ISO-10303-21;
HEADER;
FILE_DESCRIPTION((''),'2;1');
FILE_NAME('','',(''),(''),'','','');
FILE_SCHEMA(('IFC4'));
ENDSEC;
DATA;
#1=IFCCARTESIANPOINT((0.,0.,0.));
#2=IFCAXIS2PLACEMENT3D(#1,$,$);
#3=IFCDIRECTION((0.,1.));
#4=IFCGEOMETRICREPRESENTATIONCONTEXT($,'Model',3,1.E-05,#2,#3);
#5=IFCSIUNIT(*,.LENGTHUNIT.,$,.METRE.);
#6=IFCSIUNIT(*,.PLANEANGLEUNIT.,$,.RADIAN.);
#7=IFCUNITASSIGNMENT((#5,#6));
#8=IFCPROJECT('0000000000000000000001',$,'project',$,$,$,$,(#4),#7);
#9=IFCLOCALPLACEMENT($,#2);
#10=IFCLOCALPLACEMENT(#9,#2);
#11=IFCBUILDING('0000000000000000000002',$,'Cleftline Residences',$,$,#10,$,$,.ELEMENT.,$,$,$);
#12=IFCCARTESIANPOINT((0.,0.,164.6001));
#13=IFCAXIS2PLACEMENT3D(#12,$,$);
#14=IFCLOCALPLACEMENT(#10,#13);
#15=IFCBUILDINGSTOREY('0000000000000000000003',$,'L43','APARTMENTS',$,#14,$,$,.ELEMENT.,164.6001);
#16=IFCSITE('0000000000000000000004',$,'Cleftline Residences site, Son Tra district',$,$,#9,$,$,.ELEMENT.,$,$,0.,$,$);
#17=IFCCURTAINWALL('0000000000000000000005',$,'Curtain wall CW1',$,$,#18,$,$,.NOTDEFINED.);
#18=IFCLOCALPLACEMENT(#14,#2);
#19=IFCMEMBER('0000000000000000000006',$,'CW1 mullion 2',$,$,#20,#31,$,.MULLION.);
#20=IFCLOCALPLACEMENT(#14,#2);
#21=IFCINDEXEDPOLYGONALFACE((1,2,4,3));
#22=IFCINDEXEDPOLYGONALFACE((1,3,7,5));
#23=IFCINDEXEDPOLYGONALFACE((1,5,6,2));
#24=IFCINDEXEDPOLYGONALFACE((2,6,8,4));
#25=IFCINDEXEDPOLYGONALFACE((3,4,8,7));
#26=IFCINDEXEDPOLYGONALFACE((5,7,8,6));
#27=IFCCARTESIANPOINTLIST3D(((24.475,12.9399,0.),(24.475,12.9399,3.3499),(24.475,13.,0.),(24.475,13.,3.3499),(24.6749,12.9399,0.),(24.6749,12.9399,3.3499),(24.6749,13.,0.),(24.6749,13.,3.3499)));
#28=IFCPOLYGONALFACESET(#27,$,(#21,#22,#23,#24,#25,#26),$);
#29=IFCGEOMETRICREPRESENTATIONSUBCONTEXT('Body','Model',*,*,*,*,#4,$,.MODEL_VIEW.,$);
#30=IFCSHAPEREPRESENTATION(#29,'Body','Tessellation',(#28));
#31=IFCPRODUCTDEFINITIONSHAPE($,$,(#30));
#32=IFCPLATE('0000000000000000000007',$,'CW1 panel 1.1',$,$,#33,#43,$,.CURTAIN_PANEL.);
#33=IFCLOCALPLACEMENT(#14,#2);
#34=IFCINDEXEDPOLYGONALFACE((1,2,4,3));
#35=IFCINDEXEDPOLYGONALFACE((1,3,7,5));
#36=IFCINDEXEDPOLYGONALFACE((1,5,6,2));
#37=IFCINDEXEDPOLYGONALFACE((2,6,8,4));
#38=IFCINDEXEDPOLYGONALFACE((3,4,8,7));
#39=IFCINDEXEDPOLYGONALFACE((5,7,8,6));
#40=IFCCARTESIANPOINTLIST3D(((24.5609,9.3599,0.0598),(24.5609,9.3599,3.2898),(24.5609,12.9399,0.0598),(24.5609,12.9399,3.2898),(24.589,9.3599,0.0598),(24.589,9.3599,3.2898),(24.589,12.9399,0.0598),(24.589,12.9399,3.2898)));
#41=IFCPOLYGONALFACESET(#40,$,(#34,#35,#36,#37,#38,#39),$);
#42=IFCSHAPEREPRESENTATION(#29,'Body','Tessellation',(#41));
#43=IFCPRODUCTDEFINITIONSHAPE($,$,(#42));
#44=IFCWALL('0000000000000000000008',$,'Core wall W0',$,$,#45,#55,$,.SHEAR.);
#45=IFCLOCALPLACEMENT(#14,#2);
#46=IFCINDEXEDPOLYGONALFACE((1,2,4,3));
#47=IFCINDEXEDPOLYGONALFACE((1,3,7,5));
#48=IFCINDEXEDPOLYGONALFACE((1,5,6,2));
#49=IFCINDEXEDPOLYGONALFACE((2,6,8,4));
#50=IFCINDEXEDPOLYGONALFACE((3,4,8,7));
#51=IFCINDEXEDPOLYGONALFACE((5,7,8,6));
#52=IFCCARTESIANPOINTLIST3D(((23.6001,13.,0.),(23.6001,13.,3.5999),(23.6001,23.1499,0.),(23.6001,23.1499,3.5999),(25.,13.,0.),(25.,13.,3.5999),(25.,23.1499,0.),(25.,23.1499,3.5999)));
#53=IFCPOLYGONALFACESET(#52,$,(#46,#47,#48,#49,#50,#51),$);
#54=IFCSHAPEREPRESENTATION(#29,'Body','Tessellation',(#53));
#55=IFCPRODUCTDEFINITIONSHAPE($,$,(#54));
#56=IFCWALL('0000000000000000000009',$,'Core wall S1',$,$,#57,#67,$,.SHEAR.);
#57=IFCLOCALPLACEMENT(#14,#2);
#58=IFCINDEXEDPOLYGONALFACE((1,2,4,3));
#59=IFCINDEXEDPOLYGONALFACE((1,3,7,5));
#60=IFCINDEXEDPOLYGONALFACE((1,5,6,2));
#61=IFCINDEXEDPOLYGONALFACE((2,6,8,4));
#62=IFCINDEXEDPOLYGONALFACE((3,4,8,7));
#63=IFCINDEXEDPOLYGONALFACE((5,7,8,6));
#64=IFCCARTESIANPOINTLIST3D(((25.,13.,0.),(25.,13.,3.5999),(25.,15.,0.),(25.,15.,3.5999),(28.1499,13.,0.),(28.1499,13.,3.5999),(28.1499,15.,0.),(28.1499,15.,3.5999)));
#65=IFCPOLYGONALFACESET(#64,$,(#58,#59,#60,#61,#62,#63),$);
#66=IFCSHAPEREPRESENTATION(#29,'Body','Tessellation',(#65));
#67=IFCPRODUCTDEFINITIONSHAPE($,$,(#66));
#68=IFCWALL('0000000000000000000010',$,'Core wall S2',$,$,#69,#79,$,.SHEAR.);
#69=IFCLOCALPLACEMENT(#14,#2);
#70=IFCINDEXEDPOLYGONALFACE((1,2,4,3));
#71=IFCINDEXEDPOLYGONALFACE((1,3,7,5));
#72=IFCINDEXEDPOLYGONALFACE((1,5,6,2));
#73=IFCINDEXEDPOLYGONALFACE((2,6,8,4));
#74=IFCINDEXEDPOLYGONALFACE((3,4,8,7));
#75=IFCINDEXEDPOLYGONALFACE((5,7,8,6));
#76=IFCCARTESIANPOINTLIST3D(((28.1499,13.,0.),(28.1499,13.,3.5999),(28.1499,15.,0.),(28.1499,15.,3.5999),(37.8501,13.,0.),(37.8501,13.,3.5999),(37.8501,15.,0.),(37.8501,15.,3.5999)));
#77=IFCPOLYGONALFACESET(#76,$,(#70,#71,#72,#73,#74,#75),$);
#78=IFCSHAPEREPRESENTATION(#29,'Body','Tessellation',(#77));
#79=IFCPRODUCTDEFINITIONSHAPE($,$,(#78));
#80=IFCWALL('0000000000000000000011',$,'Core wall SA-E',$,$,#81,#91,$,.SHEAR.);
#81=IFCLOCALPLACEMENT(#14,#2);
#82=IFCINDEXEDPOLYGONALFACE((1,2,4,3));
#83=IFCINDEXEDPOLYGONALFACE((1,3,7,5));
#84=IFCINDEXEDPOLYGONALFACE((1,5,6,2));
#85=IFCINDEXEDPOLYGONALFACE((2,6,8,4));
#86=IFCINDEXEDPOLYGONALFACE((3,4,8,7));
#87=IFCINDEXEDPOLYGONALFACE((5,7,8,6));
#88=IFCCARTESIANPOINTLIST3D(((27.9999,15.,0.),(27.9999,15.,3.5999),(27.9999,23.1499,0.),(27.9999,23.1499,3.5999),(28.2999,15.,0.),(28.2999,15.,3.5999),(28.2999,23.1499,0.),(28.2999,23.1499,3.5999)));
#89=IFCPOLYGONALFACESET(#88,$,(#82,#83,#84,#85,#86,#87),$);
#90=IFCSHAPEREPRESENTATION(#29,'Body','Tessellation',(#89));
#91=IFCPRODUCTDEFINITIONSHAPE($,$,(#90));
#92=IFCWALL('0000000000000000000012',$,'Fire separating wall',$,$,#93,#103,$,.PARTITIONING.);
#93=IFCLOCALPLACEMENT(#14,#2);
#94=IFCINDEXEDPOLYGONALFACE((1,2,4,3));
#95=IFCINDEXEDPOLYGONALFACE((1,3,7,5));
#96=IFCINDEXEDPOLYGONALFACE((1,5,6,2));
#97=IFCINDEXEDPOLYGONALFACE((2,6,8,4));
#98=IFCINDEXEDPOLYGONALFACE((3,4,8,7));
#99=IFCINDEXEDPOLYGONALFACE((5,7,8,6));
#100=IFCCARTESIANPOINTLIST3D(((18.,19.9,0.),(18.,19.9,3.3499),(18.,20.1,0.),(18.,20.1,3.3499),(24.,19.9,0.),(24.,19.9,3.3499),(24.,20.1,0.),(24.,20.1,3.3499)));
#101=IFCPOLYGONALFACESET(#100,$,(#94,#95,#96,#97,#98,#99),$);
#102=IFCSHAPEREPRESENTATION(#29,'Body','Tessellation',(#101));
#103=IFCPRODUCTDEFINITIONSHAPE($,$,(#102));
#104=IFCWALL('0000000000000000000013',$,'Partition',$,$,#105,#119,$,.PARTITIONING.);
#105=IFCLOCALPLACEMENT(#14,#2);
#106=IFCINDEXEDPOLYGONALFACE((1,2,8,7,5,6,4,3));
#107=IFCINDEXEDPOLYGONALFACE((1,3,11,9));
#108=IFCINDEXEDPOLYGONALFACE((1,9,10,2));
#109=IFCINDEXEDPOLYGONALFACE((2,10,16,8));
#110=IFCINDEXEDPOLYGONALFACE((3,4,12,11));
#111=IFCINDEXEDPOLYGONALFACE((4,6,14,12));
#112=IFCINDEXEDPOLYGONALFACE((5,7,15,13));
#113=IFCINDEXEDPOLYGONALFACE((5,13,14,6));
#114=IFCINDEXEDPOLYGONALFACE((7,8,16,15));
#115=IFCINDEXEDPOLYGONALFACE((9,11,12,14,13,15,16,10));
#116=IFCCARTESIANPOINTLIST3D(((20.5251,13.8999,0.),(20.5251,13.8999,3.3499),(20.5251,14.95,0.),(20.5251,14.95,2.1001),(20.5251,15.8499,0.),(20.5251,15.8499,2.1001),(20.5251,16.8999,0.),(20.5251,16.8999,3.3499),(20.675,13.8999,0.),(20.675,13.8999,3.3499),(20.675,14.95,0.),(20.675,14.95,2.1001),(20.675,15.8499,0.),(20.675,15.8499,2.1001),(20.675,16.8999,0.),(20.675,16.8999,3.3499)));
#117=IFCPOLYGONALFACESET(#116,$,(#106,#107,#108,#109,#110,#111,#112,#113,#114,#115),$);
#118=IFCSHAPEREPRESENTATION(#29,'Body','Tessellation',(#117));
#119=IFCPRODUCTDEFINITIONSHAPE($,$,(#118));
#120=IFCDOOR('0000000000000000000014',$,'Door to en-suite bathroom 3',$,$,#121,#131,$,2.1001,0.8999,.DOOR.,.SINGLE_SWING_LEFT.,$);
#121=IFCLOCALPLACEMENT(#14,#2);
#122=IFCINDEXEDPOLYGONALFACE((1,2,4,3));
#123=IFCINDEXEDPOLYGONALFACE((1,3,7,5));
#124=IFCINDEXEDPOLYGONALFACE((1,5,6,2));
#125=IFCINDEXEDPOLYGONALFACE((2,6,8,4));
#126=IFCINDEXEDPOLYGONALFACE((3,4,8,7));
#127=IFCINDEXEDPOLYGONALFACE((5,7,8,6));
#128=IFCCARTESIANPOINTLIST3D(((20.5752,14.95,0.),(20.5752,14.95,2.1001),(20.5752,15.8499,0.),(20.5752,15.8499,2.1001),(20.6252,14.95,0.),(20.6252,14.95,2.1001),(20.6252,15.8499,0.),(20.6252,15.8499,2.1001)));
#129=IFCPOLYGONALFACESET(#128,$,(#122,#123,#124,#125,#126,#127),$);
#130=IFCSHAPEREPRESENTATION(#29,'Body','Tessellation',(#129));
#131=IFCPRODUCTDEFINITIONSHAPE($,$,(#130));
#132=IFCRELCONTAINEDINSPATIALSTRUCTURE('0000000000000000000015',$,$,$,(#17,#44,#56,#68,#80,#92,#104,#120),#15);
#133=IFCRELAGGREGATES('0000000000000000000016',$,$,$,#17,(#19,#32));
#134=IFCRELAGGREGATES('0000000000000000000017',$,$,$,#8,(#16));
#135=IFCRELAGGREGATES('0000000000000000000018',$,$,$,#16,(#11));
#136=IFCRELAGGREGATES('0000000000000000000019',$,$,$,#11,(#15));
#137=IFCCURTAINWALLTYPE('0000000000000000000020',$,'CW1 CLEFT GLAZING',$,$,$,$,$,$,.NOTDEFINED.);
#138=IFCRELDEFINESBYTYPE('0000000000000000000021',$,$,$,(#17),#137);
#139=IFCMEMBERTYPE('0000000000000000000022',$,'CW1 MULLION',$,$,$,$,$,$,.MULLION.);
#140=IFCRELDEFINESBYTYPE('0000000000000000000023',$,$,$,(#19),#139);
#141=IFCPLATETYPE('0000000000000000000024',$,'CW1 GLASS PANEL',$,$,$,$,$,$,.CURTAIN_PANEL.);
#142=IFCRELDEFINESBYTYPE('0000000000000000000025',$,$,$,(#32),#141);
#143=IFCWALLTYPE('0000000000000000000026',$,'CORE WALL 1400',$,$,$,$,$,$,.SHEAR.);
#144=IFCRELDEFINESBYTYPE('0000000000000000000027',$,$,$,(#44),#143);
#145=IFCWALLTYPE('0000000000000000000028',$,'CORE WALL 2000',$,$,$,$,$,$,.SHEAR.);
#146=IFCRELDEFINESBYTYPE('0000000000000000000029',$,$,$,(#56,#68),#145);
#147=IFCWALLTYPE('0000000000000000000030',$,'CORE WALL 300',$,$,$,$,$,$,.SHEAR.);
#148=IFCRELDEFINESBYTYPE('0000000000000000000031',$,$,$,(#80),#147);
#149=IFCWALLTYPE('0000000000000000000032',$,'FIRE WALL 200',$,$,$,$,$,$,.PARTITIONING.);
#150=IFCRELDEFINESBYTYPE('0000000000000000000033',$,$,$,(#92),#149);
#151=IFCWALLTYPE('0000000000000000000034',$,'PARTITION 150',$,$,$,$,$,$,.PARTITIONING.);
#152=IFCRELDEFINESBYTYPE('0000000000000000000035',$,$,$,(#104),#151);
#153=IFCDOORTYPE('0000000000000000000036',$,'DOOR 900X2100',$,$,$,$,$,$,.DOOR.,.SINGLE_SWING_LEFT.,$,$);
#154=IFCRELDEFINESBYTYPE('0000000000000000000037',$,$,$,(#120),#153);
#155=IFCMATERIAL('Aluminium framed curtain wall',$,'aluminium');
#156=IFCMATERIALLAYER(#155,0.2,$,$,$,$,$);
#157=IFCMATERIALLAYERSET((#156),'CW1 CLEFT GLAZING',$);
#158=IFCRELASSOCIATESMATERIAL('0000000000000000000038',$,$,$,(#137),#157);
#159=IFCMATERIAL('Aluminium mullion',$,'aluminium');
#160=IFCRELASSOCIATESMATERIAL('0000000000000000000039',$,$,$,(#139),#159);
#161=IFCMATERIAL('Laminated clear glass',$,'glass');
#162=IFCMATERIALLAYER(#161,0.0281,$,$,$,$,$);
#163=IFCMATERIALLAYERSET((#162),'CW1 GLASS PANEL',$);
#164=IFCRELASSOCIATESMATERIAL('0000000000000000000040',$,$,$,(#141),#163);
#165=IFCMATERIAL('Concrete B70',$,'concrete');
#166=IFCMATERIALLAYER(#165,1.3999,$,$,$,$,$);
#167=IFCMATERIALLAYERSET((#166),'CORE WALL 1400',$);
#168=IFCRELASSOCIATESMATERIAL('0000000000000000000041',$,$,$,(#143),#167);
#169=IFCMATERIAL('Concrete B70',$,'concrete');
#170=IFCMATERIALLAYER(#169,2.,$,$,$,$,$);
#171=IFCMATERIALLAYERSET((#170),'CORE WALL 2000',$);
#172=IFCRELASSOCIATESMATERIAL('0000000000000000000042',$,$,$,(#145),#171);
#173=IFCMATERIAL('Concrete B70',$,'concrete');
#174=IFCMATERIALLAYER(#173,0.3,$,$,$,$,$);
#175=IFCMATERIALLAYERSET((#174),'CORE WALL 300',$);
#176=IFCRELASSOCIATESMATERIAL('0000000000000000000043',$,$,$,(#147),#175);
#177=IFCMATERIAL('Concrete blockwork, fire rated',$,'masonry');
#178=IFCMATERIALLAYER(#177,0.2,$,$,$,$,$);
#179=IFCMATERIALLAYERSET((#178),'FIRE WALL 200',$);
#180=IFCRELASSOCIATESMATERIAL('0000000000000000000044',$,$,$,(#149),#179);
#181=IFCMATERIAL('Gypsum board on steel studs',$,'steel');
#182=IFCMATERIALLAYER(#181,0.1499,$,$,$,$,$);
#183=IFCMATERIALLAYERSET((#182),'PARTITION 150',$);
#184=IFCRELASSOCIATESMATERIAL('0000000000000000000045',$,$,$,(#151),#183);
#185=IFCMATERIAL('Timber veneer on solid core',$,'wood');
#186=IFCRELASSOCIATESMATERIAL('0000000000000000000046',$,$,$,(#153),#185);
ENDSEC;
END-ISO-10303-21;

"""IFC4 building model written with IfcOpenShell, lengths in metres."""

from ifc_helpers import new_model, si_unit, direction, frame, frame_2d, origin, origin_2d, place, context, subcontext, project, spatial, rectangle, extrude, material, layer, layer_set, material_profile, profile_set, type_object, element, fill, aggregate, save


model = new_model("IFC4")

# Units and contexts
model_context = context("Model", 3, precision=1e-05, world=origin(), true_north=direction((0.0, 1.0)))
body_context = subcontext(model_context, "Body", "Model", "MODEL_VIEW")
ifc_project = project(units=[si_unit("LENGTHUNIT", "METRE"), si_unit("PLANEANGLEUNIT", "RADIAN")], contexts=[model_context])

# Site, building, storey
site_placement = place(None, origin())
site = spatial("IfcSite", under=ifc_project, at=site_placement, Name="Cleftline Residences site, Son Tra district", CompositionType="ELEMENT", RefElevation=0.0)
building_placement = place(site_placement, origin())
building = spatial("IfcBuilding", under=site, at=building_placement, Name="Cleftline Residences", CompositionType="ELEMENT")
storey_placement = place(building_placement, frame((0.0, 0.0, 164.6001)))
storey = spatial("IfcBuildingStorey", under=building, at=storey_placement, Name="L43", Description="APARTMENTS", CompositionType="ELEMENT", Elevation=164.6001)

# Curtain wall, member, plate
ifc_material_1 = material(Name="Aluminium framed curtain wall", Category="aluminium")
ifc_layer_1 = layer(ifc_material_1, 0.2)
ifc_layer_set_1 = layer_set([ifc_layer_1], Name="CW1 CLEFT GLAZING")
curtain_wall_type = type_object("IfcCurtainWallType", Name="CW1 CLEFT GLAZING", PredefinedType="NOTDEFINED", material=ifc_layer_set_1)
curtain_wall_placement = place(storey_placement, origin())
curtain_wall = element("IfcCurtainWall", 1, at=curtain_wall_placement, inside=storey, type_object=curtain_wall_type, Name="Curtain wall CW1", PredefinedType="NOTDEFINED")
ifc_material_2 = material(Name="Aluminium mullion", Category="aluminium")
ifc_material_profile = material_profile(ifc_material_2, rectangle(XDim=0.2, YDim=0.0601, at=origin_2d()))
ifc_profile_set = profile_set([ifc_material_profile], Name="Aluminium mullion")
member_type = type_object("IfcMemberType", Name="CW1 MULLION", PredefinedType="MULLION", material=ifc_profile_set)
member_placement = place(storey_placement, frame((24.575, 12.97, 0.0), z_axis=(0.0, 0.0, 1.0), x_axis=(-1.0, 0.0, 0.0)))
member = element("IfcMember", 2, at=member_placement, type_object=member_type, Name="CW1 mullion 2", PredefinedType="MULLION", context=body_context, shape_type="SweptSolid", body=[
    extrude(rectangle(XDim=0.2, YDim=0.0601, at=origin_2d()), origin(), (0.0, 0.0, 1.0), 3.3499),
])
ifc_material_3 = material(Name="Laminated clear glass", Category="glass")
ifc_layer_2 = layer(ifc_material_3, 0.0281)
ifc_layer_set_2 = layer_set([ifc_layer_2], Name="CW1 GLASS PANEL")
plate_type = type_object("IfcPlateType", Name="CW1 GLASS PANEL", PredefinedType="CURTAIN_PANEL", material=ifc_layer_set_2)
plate_placement = place(storey_placement, frame((24.575, 11.1499, 0.0598), z_axis=(0.0, 0.0, 1.0), x_axis=(0.0, 1.0, 0.0)))
plate = element("IfcPlate", 3, at=plate_placement, type_object=plate_type, Name="CW1 panel 1.1", PredefinedType="CURTAIN_PANEL", context=body_context, shape_type="SweptSolid", body=[
    extrude(rectangle(XDim=3.5801, YDim=0.0281, at=origin_2d()), origin(), (0.0, 0.0, 1.0), 3.23),
])
aggregate(curtain_wall, [member, plate])

# Walls
ifc_material_4 = material(Name="Concrete B70", Category="concrete")
ifc_layer_3 = layer(ifc_material_4, 1.3999)
ifc_layer_set_3 = layer_set([ifc_layer_3], Name="CORE WALL 1400")
wall_type_1 = type_object("IfcWallType", Name="CORE WALL 1400", PredefinedType="SHEAR", material=ifc_layer_set_3)
wall_1_placement = place(storey_placement, frame((24.3, 13.0, 0.0), z_axis=(0.0, 0.0, 1.0), x_axis=(0.0, 1.0, 0.0)))
element("IfcWall", 4, at=wall_1_placement, inside=storey, type_object=wall_type_1, Name="Core wall W0", PredefinedType="SHEAR", context=body_context, shape_type="SweptSolid", body=[
    extrude(rectangle(XDim=10.1499, YDim=1.3999, at=frame_2d((5.075, 0.0))), origin(), (0.0, 0.0, 1.0), 3.5999),
])
ifc_material_5 = material(Name="Concrete B70", Category="concrete")
ifc_layer_4 = layer(ifc_material_5, 2.0)
ifc_layer_set_4 = layer_set([ifc_layer_4], Name="CORE WALL 2000")
wall_type_2 = type_object("IfcWallType", Name="CORE WALL 2000", PredefinedType="SHEAR", material=ifc_layer_set_4)
wall_2_placement = place(storey_placement, frame((25.0, 14.0, 0.0), z_axis=(0.0, 0.0, 1.0), x_axis=(1.0, 0.0, 0.0)))
element("IfcWall", 5, at=wall_2_placement, inside=storey, type_object=wall_type_2, Name="Core wall S1", PredefinedType="SHEAR", context=body_context, shape_type="SweptSolid", body=[
    extrude(rectangle(XDim=3.1499, YDim=2.0, at=frame_2d((1.575, 0.0))), origin(), (0.0, 0.0, 1.0), 3.5999),
])
wall_3_placement = place(storey_placement, frame((28.1499, 14.0, 0.0), z_axis=(0.0, 0.0, 1.0), x_axis=(1.0, 0.0, 0.0)))
element("IfcWall", 6, at=wall_3_placement, inside=storey, type_object=wall_type_2, Name="Core wall S2", PredefinedType="SHEAR", context=body_context, shape_type="SweptSolid", body=[
    extrude(rectangle(XDim=9.7002, YDim=2.0, at=frame_2d((4.8501, 0.0))), origin(), (0.0, 0.0, 1.0), 3.5999),
])
ifc_material_6 = material(Name="Concrete B70", Category="concrete")
ifc_layer_5 = layer(ifc_material_6, 0.3)
ifc_layer_set_5 = layer_set([ifc_layer_5], Name="CORE WALL 300")
wall_type_3 = type_object("IfcWallType", Name="CORE WALL 300", PredefinedType="SHEAR", material=ifc_layer_set_5)
wall_4_placement = place(storey_placement, frame((28.1499, 15.0, 0.0), z_axis=(0.0, 0.0, 1.0), x_axis=(0.0, 1.0, 0.0)))
element("IfcWall", 7, at=wall_4_placement, inside=storey, type_object=wall_type_3, Name="Core wall SA-E", PredefinedType="SHEAR", context=body_context, shape_type="SweptSolid", body=[
    extrude(rectangle(XDim=8.1499, YDim=0.3, at=frame_2d((4.075, 0.0))), origin(), (0.0, 0.0, 1.0), 3.5999),
])
ifc_material_7 = material(Name="Concrete blockwork, fire rated", Category="masonry")
ifc_layer_6 = layer(ifc_material_7, 0.2)
ifc_layer_set_6 = layer_set([ifc_layer_6], Name="FIRE WALL 200")
wall_type_4 = type_object("IfcWallType", Name="FIRE WALL 200", PredefinedType="PARTITIONING", material=ifc_layer_set_6)
wall_5_placement = place(storey_placement, frame((18.0, 20.0, 0.0), z_axis=(0.0, 0.0, 1.0), x_axis=(1.0, 0.0, 0.0)))
element("IfcWall", 8, at=wall_5_placement, inside=storey, type_object=wall_type_4, Name="Fire separating wall", PredefinedType="PARTITIONING", context=body_context, shape_type="SweptSolid", body=[
    extrude(rectangle(XDim=6.0, YDim=0.2, at=frame_2d((3.0, 0.0))), origin(), (0.0, 0.0, 1.0), 3.3499),
])

# Wall, opening, door
ifc_material_8 = material(Name="Gypsum board on steel studs", Category="steel")
ifc_layer_7 = layer(ifc_material_8, 0.1499)
ifc_layer_set_7 = layer_set([ifc_layer_7], Name="PARTITION 150")
wall_type_5 = type_object("IfcWallType", Name="PARTITION 150", PredefinedType="PARTITIONING", material=ifc_layer_set_7)
wall_6_placement = place(storey_placement, frame((20.6001, 13.8999, 0.0), z_axis=(0.0, 0.0, 1.0), x_axis=(0.0, 1.0, 0.0)))
wall_6 = element("IfcWall", 9, at=wall_6_placement, inside=storey, type_object=wall_type_5, Name="Partition", PredefinedType="PARTITIONING", context=body_context, shape_type="SweptSolid", body=[
    extrude(rectangle(XDim=3.0, YDim=0.1499, at=frame_2d((1.5, 0.0))), origin(), (0.0, 0.0, 1.0), 3.3499),
])
opening_1_placement = place(wall_6_placement, frame((1.05, 0.0, 0.0)))
opening_1 = element("IfcOpeningElement", 10, at=opening_1_placement, cuts=wall_6, PredefinedType="OPENING", context=body_context, shape_type="SweptSolid", body=[
    extrude(rectangle(XDim=0.8999, YDim=2.1001, at=frame_2d((0.45, 1.05))), frame((0.0, 0.085, 0.0), z_axis=(0.0, -1.0, 0.0), x_axis=(1.0, 0.0, 0.0)), (0.0, 0.0, 1.0), 0.1699),
])
ifc_material_9 = material(Name="Timber veneer on solid core", Category="wood")
door_type_1 = type_object("IfcDoorType", Name="DOOR 900X2100", OperationType="SINGLE_SWING_LEFT", PredefinedType="DOOR", material=ifc_material_9)
door_1_placement = place(opening_1_placement, origin())
door_1 = element("IfcDoor", 11, at=door_1_placement, inside=storey, type_object=door_type_1, Name="Door to en-suite bathroom 3", OperationType="SINGLE_SWING_LEFT", OverallHeight=2.1001, OverallWidth=0.8999, PredefinedType="DOOR", context=body_context, shape_type="SweptSolid", body=[
    extrude(rectangle(XDim=0.8999, YDim=2.1001, at=frame_2d((0.45, 1.05))), frame((0.0, 0.0249, 0.0), z_axis=(0.0, -1.0, 0.0), x_axis=(1.0, 0.0, 0.0)), (0.0, 0.0, 1.0), 0.05),
])
fill(opening_1, door_1)

save(model, "model.ifc")
